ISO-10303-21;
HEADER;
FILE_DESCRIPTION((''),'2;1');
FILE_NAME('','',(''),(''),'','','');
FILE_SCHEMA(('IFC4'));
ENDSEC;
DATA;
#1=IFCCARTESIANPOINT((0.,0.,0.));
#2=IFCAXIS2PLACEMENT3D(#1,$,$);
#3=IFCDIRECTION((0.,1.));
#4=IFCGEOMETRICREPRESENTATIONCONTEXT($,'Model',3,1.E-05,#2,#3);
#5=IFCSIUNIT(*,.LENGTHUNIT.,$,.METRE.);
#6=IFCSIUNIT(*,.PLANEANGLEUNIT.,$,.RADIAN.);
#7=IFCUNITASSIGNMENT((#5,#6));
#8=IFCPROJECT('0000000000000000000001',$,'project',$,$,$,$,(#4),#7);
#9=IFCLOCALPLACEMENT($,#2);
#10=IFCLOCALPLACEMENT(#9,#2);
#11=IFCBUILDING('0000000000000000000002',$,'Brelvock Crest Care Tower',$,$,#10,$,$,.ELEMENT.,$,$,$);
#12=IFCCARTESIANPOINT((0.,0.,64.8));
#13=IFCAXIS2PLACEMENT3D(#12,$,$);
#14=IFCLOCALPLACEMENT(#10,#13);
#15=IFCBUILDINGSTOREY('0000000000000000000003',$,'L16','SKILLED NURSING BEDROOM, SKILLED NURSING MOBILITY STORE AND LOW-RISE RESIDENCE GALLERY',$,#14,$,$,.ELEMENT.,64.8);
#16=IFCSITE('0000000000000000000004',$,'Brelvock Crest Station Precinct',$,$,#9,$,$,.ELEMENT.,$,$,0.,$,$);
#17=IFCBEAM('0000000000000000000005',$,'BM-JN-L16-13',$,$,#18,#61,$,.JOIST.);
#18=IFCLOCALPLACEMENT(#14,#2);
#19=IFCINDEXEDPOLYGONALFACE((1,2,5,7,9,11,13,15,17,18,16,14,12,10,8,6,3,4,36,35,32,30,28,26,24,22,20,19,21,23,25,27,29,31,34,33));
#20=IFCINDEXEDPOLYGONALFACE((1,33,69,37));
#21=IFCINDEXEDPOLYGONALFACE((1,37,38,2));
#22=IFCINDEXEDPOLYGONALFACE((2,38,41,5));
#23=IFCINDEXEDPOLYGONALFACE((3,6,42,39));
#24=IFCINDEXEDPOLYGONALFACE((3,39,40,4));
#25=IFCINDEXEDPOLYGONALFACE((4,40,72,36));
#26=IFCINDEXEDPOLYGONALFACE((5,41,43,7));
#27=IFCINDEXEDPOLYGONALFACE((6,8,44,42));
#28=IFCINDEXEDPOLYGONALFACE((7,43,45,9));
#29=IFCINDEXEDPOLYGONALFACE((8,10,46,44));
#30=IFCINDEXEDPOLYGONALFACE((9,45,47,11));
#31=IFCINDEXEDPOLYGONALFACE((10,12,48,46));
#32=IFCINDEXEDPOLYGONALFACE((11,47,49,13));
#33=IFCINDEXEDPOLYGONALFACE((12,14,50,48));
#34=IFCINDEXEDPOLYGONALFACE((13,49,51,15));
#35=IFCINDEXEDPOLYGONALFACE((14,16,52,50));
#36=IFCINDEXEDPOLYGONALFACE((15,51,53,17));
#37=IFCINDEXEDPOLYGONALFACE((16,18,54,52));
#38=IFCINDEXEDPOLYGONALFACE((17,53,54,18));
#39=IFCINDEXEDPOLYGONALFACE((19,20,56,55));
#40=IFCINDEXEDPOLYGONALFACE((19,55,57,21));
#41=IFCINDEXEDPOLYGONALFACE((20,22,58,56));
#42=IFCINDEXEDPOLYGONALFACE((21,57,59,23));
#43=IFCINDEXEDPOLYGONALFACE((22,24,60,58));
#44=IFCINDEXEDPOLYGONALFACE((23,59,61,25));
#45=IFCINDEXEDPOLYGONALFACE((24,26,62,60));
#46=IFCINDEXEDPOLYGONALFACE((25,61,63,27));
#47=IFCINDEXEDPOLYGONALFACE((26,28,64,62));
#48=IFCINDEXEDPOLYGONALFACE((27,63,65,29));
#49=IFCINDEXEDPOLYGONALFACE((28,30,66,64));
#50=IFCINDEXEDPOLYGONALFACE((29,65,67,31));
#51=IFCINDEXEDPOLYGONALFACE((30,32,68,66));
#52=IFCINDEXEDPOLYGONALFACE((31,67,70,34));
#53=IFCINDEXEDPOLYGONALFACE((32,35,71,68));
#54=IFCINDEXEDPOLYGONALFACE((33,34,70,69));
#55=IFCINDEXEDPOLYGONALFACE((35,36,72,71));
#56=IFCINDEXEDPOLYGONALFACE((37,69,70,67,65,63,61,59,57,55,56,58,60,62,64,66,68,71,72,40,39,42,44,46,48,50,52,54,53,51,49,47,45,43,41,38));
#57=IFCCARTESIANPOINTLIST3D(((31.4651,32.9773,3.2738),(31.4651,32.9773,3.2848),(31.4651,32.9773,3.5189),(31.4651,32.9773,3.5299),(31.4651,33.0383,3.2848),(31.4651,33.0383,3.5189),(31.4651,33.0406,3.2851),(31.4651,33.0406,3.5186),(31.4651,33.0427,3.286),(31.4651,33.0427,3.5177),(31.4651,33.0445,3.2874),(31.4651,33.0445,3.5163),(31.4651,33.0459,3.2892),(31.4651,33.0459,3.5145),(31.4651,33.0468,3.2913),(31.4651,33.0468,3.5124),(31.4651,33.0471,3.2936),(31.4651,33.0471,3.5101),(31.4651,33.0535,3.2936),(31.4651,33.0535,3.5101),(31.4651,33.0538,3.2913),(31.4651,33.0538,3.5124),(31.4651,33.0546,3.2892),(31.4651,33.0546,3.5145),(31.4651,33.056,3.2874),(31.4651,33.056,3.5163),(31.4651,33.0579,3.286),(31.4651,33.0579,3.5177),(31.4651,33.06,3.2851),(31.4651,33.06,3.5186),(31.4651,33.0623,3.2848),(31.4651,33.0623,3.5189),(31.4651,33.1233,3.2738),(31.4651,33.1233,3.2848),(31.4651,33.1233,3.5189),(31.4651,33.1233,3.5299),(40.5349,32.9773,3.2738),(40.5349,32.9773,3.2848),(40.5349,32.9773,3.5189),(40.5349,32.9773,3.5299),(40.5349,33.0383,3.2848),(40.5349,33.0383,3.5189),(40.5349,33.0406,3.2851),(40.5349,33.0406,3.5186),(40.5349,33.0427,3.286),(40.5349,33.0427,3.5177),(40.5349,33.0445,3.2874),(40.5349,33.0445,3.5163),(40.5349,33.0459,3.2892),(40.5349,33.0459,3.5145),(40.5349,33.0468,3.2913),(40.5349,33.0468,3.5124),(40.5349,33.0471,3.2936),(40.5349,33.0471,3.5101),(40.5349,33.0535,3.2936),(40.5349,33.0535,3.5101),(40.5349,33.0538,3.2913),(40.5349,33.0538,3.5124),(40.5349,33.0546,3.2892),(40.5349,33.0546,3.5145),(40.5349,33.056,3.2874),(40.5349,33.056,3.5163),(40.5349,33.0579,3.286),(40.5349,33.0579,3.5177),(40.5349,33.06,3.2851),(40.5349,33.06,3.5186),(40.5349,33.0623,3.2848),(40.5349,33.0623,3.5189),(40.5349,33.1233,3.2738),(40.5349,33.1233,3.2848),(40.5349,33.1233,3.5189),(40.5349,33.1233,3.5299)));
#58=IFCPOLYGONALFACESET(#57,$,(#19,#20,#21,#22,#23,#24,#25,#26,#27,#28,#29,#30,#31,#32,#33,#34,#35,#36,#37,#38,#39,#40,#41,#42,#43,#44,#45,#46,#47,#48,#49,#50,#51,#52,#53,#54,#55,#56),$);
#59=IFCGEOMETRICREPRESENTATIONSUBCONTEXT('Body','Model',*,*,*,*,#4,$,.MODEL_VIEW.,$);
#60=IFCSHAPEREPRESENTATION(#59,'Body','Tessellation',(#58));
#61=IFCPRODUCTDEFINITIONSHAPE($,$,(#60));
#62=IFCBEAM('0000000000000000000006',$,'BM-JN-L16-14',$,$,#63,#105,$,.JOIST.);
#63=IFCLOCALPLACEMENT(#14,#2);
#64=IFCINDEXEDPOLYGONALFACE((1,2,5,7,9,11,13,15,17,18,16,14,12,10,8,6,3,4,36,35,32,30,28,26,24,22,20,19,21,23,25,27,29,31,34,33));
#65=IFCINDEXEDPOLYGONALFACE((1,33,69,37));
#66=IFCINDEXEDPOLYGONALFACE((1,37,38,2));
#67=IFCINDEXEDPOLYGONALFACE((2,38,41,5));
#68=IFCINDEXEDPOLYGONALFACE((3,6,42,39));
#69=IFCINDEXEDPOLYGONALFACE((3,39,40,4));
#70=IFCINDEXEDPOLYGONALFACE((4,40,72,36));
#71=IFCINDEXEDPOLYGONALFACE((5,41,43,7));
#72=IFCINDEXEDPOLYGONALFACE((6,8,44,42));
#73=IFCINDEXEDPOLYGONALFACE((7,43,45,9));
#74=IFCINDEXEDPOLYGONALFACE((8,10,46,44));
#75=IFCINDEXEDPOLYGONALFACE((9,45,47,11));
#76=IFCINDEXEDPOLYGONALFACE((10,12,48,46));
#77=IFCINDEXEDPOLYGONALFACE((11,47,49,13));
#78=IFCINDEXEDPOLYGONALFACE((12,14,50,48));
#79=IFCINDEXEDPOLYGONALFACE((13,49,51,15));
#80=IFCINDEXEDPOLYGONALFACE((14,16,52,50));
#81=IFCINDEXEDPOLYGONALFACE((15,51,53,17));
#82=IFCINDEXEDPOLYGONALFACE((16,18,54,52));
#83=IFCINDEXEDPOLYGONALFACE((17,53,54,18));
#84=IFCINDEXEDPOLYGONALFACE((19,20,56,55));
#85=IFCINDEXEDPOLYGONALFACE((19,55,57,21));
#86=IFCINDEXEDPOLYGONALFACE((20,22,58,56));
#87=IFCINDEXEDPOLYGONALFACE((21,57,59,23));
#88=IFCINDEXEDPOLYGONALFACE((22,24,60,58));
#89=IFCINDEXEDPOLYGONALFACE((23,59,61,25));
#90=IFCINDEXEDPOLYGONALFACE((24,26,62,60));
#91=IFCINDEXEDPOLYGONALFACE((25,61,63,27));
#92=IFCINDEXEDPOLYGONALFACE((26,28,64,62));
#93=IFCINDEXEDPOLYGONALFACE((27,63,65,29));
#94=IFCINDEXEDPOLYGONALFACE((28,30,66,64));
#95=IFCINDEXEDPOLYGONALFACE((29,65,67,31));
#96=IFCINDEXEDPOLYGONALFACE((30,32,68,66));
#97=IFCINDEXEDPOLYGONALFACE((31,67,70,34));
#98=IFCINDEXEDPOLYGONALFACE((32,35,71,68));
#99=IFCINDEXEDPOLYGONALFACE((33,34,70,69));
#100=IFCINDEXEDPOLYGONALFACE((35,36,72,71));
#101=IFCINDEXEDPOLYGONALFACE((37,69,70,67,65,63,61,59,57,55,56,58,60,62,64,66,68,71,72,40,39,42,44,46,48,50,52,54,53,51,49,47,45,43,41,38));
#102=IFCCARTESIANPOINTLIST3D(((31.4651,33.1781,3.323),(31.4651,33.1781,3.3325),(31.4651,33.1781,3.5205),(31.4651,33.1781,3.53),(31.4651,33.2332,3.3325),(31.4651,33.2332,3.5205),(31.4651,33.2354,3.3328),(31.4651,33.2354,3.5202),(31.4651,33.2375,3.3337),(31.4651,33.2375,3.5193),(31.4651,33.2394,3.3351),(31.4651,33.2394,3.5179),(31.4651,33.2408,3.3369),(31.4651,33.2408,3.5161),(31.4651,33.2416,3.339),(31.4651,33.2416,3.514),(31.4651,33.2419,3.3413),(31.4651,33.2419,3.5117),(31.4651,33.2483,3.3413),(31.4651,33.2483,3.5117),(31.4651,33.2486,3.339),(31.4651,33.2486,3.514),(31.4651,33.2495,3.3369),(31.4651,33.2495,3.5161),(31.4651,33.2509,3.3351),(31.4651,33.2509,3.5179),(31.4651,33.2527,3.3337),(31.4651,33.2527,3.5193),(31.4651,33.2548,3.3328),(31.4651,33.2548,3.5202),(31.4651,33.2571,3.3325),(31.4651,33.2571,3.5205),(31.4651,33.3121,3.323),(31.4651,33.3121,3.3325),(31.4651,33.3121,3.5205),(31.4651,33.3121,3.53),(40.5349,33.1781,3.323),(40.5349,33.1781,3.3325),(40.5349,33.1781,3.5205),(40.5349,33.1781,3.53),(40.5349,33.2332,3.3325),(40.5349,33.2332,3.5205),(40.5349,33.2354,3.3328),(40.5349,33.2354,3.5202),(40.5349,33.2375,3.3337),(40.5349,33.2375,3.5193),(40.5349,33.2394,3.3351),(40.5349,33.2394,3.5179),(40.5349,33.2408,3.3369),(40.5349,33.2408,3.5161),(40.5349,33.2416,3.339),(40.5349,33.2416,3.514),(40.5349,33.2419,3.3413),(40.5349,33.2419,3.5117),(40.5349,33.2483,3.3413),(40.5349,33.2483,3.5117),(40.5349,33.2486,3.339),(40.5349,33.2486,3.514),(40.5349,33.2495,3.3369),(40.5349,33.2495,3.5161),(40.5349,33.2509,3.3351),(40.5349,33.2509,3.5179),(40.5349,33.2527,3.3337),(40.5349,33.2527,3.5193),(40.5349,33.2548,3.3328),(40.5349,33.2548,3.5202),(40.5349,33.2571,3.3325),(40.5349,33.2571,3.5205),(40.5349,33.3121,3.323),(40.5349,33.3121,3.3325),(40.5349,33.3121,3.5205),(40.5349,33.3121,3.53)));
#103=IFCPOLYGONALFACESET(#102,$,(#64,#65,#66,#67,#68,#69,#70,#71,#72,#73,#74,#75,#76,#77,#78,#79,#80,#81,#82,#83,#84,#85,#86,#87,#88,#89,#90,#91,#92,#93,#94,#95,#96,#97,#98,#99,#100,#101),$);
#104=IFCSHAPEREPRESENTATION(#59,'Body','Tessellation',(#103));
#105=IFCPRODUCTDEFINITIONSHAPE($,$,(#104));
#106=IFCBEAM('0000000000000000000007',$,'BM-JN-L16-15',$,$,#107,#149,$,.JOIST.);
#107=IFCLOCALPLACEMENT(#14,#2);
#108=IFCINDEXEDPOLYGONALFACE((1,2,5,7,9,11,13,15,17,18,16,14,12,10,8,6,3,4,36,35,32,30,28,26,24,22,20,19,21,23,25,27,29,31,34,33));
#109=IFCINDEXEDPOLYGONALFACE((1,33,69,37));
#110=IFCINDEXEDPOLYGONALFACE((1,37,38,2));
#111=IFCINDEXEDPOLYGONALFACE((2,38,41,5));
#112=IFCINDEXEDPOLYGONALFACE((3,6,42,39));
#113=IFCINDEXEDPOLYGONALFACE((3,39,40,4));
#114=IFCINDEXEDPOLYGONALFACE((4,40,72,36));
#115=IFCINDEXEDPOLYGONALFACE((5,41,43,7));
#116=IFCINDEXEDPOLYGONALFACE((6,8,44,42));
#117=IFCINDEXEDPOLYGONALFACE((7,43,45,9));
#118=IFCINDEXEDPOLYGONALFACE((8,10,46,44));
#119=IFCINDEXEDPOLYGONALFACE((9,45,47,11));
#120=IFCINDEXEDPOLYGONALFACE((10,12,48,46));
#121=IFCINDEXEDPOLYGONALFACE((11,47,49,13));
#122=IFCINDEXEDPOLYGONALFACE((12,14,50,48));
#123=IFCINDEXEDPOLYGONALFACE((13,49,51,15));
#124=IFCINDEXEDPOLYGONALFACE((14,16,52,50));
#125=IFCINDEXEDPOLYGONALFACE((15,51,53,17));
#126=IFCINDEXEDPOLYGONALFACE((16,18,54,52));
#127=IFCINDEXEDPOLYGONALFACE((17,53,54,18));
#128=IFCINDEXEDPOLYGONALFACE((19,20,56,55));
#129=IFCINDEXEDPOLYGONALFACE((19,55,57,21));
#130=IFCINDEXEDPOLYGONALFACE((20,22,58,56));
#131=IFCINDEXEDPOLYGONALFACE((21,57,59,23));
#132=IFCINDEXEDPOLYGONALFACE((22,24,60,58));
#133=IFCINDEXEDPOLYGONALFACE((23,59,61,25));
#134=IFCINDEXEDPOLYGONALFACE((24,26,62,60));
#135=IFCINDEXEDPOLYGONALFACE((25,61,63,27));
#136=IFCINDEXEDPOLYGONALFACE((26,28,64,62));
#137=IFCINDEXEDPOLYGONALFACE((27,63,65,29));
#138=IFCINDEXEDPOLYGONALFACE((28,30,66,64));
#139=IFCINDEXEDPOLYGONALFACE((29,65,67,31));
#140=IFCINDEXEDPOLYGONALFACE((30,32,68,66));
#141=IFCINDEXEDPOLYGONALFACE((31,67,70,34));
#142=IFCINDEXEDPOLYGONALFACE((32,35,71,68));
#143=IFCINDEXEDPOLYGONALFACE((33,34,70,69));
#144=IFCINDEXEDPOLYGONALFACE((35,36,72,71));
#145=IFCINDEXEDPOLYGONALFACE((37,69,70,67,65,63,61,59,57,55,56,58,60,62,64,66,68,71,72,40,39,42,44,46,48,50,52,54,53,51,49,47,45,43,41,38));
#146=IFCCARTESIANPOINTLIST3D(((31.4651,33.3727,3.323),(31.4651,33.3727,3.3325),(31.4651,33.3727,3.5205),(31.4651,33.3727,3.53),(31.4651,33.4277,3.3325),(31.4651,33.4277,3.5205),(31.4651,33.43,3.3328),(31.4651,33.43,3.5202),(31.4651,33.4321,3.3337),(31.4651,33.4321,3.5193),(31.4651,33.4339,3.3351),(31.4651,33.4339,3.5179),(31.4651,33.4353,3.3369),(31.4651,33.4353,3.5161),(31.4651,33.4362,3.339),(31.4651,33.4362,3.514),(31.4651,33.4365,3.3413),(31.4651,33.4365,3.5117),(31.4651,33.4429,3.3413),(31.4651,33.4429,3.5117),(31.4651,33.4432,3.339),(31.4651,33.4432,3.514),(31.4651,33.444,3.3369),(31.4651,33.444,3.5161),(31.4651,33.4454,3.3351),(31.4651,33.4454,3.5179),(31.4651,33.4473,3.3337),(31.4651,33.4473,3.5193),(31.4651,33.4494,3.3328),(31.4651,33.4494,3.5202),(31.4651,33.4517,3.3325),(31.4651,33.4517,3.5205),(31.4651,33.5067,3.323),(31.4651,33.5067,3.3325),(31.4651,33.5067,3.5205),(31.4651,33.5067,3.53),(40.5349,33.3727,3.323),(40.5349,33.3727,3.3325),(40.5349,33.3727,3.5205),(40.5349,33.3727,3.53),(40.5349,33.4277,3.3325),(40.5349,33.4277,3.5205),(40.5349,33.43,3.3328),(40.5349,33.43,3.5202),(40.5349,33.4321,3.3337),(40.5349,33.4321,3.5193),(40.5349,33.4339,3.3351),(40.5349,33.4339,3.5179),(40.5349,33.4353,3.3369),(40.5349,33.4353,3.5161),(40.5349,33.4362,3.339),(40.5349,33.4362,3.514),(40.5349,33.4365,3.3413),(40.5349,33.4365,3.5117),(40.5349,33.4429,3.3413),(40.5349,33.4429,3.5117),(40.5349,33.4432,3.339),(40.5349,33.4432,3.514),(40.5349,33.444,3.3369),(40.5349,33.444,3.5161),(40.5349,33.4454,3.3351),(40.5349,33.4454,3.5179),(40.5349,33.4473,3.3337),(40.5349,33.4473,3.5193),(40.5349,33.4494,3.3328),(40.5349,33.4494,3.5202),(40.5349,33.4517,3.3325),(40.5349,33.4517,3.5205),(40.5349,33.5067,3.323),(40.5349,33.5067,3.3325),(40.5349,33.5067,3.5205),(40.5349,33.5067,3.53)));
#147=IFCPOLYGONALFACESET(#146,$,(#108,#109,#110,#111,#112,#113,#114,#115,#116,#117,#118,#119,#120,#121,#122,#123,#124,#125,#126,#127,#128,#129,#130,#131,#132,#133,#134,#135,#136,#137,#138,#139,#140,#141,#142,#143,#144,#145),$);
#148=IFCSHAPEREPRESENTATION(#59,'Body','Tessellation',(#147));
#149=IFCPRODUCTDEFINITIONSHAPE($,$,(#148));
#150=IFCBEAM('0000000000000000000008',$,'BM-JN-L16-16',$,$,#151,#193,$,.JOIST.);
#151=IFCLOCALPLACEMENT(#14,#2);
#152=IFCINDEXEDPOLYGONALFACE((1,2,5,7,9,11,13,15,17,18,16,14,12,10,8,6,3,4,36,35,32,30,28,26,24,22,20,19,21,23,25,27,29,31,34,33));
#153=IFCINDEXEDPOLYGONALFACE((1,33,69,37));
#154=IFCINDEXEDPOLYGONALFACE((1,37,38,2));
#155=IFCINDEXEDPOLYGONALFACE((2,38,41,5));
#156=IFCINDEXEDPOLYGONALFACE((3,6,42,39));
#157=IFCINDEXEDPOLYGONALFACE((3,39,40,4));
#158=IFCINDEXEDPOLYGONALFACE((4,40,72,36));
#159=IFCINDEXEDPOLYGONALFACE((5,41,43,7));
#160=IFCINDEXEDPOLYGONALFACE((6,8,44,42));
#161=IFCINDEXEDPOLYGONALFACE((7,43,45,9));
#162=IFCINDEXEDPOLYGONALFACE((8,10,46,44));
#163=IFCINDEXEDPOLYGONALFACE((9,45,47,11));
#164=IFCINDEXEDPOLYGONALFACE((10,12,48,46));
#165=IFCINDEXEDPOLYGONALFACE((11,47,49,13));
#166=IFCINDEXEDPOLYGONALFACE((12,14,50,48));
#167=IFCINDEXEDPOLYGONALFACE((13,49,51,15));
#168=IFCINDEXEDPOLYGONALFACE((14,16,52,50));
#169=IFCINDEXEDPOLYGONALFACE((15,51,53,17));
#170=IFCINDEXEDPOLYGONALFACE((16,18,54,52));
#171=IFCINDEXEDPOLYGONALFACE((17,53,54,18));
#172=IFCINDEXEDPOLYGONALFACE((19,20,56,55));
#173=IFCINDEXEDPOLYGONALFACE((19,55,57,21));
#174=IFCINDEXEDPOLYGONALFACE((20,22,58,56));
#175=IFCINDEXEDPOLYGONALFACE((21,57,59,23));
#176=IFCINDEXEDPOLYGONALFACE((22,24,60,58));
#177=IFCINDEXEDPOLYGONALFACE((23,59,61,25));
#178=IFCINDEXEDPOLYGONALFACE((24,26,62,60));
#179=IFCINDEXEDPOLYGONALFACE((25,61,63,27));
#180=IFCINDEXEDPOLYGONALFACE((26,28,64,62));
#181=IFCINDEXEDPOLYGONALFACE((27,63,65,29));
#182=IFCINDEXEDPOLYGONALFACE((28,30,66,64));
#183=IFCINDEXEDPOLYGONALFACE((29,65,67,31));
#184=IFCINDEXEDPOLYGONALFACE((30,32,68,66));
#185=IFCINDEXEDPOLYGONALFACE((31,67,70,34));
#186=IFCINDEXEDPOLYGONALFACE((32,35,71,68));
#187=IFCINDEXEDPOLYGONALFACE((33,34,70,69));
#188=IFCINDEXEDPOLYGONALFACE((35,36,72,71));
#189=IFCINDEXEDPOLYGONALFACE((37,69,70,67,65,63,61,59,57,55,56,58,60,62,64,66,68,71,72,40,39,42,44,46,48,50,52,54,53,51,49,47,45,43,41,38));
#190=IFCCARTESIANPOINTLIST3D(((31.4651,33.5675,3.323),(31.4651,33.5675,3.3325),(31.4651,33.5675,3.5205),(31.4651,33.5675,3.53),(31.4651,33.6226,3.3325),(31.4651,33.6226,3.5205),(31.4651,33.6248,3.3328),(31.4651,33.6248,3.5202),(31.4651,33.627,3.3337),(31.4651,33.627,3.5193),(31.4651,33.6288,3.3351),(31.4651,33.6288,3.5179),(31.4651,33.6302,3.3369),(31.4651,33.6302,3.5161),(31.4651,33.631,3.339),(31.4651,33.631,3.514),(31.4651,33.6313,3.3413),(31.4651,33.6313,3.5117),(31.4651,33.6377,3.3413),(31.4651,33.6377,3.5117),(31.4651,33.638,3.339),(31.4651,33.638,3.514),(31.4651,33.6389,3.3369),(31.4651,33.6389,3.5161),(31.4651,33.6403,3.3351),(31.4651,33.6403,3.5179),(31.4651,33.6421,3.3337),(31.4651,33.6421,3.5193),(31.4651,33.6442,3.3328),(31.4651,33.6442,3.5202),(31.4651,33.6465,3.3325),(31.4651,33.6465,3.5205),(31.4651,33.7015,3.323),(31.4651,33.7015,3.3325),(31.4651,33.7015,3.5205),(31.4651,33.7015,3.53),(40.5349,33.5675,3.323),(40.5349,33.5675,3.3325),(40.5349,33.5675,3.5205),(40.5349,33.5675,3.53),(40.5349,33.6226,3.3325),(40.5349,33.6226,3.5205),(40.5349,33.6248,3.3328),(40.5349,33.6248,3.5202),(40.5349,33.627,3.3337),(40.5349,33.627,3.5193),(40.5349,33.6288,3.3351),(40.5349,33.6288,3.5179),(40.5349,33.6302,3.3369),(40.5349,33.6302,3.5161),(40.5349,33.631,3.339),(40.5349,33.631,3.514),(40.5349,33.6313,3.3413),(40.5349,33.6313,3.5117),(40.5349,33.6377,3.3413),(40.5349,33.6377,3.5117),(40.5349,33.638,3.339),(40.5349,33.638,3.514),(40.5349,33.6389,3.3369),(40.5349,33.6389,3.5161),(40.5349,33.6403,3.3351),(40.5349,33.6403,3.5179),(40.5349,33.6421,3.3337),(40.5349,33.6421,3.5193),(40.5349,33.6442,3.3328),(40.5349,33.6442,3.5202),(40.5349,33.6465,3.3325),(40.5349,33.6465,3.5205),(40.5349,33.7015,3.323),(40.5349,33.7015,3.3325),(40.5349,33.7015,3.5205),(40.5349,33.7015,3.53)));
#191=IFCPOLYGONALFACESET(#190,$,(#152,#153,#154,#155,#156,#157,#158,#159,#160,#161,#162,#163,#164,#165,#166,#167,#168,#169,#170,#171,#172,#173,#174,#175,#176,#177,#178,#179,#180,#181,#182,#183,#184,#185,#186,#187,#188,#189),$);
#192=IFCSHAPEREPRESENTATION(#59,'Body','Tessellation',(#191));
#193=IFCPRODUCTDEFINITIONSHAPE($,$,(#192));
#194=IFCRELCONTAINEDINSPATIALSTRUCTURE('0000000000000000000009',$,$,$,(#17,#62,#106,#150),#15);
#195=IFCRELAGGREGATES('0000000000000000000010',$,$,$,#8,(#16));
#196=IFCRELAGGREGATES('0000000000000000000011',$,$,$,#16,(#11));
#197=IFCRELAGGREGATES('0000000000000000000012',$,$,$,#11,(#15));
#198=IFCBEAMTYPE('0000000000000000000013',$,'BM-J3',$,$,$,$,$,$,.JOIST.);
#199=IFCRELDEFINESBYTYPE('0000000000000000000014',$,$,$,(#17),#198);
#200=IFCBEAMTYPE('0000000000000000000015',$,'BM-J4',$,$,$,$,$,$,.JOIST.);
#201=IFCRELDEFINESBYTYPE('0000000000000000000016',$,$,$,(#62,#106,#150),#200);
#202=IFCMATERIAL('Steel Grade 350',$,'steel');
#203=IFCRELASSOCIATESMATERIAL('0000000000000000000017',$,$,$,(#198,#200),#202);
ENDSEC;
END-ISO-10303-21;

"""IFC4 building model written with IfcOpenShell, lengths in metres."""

from ifc_helpers import new_model, si_unit, direction, frame, origin, origin_2d, place, context, subcontext, project, spatial, i_section, extrude, source, transform, mapped, material, material_profile, profile_set, type_object, element, save


model = new_model("IFC4")

# Units and contexts
model_context = context("Model", 3, precision=1e-05, world=origin(), true_north=direction((0.0, 1.0)))
body_context = subcontext(model_context, "Body", "Model", "MODEL_VIEW")
ifc_project = project(units=[si_unit("LENGTHUNIT", "METRE"), si_unit("PLANEANGLEUNIT", "RADIAN")], contexts=[model_context])

# Site, building, storey
site_placement = place(None, origin())
site = spatial("IfcSite", under=ifc_project, at=site_placement, Name="Brelvock Crest Station Precinct", CompositionType="ELEMENT", RefElevation=0.0)
building_placement = place(site_placement, origin())
building = spatial("IfcBuilding", under=site, at=building_placement, Name="Brelvock Crest Care Tower", CompositionType="ELEMENT")
storey_placement = place(building_placement, frame((0.0, 0.0, 64.8)))
storey = spatial("IfcBuildingStorey", under=building, at=storey_placement, Name="L16", Description="SKILLED NURSING BEDROOM, SKILLED NURSING MOBILITY STORE AND LOW-RISE RESIDENCE GALLERY", CompositionType="ELEMENT", Elevation=64.8)

# Shared definitions
ifc_material_1 = material(Name="Steel Grade 350", Category="steel")

# Beams
ifc_material_profile_1 = material_profile(ifc_material_1, i_section(OverallWidth=0.146, OverallDepth=0.2561, WebThickness=0.0063, FlangeThickness=0.011, FilletRadius=0.0088, at=origin_2d()), Name="250UB37.3")
ifc_profile_set_1 = profile_set([ifc_material_profile_1], Name="Steel Grade 350")
beam_type_1 = type_object("IfcBeamType", Name="BM-J3", PredefinedType="JOIST", material=ifc_profile_set_1)
shared_shape_1 = source(origin(), body_context, "Body", "SweptSolid", [
    extrude(i_section(OverallWidth=0.146, OverallDepth=0.2561, WebThickness=0.0063, FlangeThickness=0.011, FilletRadius=0.0088, at=origin_2d()), origin(), (0.0, 0.0, 1.0), 9.0698),
])
for number, where, z_axis, x_axis, name in (
    (1, (31.4651, 33.0503, 3.4019), (1.0, 0.0, 0.0), (0.0, 1.0, 0.0), "BM-JN-L16-13"),
):
    element("IfcBeam", number, at=place(storey_placement, frame(where, z_axis=z_axis, x_axis=x_axis)), inside=storey, type_object=beam_type_1, Name=name, PredefinedType="JOIST", context=body_context, shape_type="MappedRepresentation", body=[
        mapped(shared_shape_1, transform((0.0, 0.0, 0.0), x_axis=(1.0, 0.0, 0.0), y_axis=(0.0, 1.0, 0.0), z_axis=(0.0, 0.0, 1.0), scale=1.0)),
    ])
ifc_material_profile_2 = material_profile(ifc_material_1, i_section(OverallWidth=0.134, OverallDepth=0.207, WebThickness=0.0063, FlangeThickness=0.0095, FilletRadius=0.0088, at=origin_2d()), Name="200UB29.8")
ifc_profile_set_2 = profile_set([ifc_material_profile_2], Name="Steel Grade 350")
beam_type_2 = type_object("IfcBeamType", Name="BM-J4", PredefinedType="JOIST", material=ifc_profile_set_2)
shared_shape_2 = source(origin(), body_context, "Body", "SweptSolid", [
    extrude(i_section(OverallWidth=0.134, OverallDepth=0.207, WebThickness=0.0063, FlangeThickness=0.0095, FilletRadius=0.0088, at=origin_2d()), origin(), (0.0, 0.0, 1.0), 9.0698),
])
for number, where, z_axis, x_axis, name in (
    (2, (31.4651, 33.2451, 3.4265), (1.0, 0.0, 0.0), (0.0, 1.0, 0.0), "BM-JN-L16-14"),
    (3, (31.4651, 33.4397, 3.4265), (1.0, 0.0, 0.0), (0.0, 1.0, 0.0), "BM-JN-L16-15"),
    (4, (31.4651, 33.6345, 3.4265), (1.0, 0.0, 0.0), (0.0, 1.0, 0.0), "BM-JN-L16-16"),
):
    element("IfcBeam", number, at=place(storey_placement, frame(where, z_axis=z_axis, x_axis=x_axis)), inside=storey, type_object=beam_type_2, Name=name, PredefinedType="JOIST", context=body_context, shape_type="MappedRepresentation", body=[
        mapped(shared_shape_2, transform((0.0, 0.0, 0.0), x_axis=(1.0, 0.0, 0.0), y_axis=(0.0, 1.0, 0.0), z_axis=(0.0, 0.0, 1.0), scale=1.0)),
    ])

save(model, "model.ifc")
